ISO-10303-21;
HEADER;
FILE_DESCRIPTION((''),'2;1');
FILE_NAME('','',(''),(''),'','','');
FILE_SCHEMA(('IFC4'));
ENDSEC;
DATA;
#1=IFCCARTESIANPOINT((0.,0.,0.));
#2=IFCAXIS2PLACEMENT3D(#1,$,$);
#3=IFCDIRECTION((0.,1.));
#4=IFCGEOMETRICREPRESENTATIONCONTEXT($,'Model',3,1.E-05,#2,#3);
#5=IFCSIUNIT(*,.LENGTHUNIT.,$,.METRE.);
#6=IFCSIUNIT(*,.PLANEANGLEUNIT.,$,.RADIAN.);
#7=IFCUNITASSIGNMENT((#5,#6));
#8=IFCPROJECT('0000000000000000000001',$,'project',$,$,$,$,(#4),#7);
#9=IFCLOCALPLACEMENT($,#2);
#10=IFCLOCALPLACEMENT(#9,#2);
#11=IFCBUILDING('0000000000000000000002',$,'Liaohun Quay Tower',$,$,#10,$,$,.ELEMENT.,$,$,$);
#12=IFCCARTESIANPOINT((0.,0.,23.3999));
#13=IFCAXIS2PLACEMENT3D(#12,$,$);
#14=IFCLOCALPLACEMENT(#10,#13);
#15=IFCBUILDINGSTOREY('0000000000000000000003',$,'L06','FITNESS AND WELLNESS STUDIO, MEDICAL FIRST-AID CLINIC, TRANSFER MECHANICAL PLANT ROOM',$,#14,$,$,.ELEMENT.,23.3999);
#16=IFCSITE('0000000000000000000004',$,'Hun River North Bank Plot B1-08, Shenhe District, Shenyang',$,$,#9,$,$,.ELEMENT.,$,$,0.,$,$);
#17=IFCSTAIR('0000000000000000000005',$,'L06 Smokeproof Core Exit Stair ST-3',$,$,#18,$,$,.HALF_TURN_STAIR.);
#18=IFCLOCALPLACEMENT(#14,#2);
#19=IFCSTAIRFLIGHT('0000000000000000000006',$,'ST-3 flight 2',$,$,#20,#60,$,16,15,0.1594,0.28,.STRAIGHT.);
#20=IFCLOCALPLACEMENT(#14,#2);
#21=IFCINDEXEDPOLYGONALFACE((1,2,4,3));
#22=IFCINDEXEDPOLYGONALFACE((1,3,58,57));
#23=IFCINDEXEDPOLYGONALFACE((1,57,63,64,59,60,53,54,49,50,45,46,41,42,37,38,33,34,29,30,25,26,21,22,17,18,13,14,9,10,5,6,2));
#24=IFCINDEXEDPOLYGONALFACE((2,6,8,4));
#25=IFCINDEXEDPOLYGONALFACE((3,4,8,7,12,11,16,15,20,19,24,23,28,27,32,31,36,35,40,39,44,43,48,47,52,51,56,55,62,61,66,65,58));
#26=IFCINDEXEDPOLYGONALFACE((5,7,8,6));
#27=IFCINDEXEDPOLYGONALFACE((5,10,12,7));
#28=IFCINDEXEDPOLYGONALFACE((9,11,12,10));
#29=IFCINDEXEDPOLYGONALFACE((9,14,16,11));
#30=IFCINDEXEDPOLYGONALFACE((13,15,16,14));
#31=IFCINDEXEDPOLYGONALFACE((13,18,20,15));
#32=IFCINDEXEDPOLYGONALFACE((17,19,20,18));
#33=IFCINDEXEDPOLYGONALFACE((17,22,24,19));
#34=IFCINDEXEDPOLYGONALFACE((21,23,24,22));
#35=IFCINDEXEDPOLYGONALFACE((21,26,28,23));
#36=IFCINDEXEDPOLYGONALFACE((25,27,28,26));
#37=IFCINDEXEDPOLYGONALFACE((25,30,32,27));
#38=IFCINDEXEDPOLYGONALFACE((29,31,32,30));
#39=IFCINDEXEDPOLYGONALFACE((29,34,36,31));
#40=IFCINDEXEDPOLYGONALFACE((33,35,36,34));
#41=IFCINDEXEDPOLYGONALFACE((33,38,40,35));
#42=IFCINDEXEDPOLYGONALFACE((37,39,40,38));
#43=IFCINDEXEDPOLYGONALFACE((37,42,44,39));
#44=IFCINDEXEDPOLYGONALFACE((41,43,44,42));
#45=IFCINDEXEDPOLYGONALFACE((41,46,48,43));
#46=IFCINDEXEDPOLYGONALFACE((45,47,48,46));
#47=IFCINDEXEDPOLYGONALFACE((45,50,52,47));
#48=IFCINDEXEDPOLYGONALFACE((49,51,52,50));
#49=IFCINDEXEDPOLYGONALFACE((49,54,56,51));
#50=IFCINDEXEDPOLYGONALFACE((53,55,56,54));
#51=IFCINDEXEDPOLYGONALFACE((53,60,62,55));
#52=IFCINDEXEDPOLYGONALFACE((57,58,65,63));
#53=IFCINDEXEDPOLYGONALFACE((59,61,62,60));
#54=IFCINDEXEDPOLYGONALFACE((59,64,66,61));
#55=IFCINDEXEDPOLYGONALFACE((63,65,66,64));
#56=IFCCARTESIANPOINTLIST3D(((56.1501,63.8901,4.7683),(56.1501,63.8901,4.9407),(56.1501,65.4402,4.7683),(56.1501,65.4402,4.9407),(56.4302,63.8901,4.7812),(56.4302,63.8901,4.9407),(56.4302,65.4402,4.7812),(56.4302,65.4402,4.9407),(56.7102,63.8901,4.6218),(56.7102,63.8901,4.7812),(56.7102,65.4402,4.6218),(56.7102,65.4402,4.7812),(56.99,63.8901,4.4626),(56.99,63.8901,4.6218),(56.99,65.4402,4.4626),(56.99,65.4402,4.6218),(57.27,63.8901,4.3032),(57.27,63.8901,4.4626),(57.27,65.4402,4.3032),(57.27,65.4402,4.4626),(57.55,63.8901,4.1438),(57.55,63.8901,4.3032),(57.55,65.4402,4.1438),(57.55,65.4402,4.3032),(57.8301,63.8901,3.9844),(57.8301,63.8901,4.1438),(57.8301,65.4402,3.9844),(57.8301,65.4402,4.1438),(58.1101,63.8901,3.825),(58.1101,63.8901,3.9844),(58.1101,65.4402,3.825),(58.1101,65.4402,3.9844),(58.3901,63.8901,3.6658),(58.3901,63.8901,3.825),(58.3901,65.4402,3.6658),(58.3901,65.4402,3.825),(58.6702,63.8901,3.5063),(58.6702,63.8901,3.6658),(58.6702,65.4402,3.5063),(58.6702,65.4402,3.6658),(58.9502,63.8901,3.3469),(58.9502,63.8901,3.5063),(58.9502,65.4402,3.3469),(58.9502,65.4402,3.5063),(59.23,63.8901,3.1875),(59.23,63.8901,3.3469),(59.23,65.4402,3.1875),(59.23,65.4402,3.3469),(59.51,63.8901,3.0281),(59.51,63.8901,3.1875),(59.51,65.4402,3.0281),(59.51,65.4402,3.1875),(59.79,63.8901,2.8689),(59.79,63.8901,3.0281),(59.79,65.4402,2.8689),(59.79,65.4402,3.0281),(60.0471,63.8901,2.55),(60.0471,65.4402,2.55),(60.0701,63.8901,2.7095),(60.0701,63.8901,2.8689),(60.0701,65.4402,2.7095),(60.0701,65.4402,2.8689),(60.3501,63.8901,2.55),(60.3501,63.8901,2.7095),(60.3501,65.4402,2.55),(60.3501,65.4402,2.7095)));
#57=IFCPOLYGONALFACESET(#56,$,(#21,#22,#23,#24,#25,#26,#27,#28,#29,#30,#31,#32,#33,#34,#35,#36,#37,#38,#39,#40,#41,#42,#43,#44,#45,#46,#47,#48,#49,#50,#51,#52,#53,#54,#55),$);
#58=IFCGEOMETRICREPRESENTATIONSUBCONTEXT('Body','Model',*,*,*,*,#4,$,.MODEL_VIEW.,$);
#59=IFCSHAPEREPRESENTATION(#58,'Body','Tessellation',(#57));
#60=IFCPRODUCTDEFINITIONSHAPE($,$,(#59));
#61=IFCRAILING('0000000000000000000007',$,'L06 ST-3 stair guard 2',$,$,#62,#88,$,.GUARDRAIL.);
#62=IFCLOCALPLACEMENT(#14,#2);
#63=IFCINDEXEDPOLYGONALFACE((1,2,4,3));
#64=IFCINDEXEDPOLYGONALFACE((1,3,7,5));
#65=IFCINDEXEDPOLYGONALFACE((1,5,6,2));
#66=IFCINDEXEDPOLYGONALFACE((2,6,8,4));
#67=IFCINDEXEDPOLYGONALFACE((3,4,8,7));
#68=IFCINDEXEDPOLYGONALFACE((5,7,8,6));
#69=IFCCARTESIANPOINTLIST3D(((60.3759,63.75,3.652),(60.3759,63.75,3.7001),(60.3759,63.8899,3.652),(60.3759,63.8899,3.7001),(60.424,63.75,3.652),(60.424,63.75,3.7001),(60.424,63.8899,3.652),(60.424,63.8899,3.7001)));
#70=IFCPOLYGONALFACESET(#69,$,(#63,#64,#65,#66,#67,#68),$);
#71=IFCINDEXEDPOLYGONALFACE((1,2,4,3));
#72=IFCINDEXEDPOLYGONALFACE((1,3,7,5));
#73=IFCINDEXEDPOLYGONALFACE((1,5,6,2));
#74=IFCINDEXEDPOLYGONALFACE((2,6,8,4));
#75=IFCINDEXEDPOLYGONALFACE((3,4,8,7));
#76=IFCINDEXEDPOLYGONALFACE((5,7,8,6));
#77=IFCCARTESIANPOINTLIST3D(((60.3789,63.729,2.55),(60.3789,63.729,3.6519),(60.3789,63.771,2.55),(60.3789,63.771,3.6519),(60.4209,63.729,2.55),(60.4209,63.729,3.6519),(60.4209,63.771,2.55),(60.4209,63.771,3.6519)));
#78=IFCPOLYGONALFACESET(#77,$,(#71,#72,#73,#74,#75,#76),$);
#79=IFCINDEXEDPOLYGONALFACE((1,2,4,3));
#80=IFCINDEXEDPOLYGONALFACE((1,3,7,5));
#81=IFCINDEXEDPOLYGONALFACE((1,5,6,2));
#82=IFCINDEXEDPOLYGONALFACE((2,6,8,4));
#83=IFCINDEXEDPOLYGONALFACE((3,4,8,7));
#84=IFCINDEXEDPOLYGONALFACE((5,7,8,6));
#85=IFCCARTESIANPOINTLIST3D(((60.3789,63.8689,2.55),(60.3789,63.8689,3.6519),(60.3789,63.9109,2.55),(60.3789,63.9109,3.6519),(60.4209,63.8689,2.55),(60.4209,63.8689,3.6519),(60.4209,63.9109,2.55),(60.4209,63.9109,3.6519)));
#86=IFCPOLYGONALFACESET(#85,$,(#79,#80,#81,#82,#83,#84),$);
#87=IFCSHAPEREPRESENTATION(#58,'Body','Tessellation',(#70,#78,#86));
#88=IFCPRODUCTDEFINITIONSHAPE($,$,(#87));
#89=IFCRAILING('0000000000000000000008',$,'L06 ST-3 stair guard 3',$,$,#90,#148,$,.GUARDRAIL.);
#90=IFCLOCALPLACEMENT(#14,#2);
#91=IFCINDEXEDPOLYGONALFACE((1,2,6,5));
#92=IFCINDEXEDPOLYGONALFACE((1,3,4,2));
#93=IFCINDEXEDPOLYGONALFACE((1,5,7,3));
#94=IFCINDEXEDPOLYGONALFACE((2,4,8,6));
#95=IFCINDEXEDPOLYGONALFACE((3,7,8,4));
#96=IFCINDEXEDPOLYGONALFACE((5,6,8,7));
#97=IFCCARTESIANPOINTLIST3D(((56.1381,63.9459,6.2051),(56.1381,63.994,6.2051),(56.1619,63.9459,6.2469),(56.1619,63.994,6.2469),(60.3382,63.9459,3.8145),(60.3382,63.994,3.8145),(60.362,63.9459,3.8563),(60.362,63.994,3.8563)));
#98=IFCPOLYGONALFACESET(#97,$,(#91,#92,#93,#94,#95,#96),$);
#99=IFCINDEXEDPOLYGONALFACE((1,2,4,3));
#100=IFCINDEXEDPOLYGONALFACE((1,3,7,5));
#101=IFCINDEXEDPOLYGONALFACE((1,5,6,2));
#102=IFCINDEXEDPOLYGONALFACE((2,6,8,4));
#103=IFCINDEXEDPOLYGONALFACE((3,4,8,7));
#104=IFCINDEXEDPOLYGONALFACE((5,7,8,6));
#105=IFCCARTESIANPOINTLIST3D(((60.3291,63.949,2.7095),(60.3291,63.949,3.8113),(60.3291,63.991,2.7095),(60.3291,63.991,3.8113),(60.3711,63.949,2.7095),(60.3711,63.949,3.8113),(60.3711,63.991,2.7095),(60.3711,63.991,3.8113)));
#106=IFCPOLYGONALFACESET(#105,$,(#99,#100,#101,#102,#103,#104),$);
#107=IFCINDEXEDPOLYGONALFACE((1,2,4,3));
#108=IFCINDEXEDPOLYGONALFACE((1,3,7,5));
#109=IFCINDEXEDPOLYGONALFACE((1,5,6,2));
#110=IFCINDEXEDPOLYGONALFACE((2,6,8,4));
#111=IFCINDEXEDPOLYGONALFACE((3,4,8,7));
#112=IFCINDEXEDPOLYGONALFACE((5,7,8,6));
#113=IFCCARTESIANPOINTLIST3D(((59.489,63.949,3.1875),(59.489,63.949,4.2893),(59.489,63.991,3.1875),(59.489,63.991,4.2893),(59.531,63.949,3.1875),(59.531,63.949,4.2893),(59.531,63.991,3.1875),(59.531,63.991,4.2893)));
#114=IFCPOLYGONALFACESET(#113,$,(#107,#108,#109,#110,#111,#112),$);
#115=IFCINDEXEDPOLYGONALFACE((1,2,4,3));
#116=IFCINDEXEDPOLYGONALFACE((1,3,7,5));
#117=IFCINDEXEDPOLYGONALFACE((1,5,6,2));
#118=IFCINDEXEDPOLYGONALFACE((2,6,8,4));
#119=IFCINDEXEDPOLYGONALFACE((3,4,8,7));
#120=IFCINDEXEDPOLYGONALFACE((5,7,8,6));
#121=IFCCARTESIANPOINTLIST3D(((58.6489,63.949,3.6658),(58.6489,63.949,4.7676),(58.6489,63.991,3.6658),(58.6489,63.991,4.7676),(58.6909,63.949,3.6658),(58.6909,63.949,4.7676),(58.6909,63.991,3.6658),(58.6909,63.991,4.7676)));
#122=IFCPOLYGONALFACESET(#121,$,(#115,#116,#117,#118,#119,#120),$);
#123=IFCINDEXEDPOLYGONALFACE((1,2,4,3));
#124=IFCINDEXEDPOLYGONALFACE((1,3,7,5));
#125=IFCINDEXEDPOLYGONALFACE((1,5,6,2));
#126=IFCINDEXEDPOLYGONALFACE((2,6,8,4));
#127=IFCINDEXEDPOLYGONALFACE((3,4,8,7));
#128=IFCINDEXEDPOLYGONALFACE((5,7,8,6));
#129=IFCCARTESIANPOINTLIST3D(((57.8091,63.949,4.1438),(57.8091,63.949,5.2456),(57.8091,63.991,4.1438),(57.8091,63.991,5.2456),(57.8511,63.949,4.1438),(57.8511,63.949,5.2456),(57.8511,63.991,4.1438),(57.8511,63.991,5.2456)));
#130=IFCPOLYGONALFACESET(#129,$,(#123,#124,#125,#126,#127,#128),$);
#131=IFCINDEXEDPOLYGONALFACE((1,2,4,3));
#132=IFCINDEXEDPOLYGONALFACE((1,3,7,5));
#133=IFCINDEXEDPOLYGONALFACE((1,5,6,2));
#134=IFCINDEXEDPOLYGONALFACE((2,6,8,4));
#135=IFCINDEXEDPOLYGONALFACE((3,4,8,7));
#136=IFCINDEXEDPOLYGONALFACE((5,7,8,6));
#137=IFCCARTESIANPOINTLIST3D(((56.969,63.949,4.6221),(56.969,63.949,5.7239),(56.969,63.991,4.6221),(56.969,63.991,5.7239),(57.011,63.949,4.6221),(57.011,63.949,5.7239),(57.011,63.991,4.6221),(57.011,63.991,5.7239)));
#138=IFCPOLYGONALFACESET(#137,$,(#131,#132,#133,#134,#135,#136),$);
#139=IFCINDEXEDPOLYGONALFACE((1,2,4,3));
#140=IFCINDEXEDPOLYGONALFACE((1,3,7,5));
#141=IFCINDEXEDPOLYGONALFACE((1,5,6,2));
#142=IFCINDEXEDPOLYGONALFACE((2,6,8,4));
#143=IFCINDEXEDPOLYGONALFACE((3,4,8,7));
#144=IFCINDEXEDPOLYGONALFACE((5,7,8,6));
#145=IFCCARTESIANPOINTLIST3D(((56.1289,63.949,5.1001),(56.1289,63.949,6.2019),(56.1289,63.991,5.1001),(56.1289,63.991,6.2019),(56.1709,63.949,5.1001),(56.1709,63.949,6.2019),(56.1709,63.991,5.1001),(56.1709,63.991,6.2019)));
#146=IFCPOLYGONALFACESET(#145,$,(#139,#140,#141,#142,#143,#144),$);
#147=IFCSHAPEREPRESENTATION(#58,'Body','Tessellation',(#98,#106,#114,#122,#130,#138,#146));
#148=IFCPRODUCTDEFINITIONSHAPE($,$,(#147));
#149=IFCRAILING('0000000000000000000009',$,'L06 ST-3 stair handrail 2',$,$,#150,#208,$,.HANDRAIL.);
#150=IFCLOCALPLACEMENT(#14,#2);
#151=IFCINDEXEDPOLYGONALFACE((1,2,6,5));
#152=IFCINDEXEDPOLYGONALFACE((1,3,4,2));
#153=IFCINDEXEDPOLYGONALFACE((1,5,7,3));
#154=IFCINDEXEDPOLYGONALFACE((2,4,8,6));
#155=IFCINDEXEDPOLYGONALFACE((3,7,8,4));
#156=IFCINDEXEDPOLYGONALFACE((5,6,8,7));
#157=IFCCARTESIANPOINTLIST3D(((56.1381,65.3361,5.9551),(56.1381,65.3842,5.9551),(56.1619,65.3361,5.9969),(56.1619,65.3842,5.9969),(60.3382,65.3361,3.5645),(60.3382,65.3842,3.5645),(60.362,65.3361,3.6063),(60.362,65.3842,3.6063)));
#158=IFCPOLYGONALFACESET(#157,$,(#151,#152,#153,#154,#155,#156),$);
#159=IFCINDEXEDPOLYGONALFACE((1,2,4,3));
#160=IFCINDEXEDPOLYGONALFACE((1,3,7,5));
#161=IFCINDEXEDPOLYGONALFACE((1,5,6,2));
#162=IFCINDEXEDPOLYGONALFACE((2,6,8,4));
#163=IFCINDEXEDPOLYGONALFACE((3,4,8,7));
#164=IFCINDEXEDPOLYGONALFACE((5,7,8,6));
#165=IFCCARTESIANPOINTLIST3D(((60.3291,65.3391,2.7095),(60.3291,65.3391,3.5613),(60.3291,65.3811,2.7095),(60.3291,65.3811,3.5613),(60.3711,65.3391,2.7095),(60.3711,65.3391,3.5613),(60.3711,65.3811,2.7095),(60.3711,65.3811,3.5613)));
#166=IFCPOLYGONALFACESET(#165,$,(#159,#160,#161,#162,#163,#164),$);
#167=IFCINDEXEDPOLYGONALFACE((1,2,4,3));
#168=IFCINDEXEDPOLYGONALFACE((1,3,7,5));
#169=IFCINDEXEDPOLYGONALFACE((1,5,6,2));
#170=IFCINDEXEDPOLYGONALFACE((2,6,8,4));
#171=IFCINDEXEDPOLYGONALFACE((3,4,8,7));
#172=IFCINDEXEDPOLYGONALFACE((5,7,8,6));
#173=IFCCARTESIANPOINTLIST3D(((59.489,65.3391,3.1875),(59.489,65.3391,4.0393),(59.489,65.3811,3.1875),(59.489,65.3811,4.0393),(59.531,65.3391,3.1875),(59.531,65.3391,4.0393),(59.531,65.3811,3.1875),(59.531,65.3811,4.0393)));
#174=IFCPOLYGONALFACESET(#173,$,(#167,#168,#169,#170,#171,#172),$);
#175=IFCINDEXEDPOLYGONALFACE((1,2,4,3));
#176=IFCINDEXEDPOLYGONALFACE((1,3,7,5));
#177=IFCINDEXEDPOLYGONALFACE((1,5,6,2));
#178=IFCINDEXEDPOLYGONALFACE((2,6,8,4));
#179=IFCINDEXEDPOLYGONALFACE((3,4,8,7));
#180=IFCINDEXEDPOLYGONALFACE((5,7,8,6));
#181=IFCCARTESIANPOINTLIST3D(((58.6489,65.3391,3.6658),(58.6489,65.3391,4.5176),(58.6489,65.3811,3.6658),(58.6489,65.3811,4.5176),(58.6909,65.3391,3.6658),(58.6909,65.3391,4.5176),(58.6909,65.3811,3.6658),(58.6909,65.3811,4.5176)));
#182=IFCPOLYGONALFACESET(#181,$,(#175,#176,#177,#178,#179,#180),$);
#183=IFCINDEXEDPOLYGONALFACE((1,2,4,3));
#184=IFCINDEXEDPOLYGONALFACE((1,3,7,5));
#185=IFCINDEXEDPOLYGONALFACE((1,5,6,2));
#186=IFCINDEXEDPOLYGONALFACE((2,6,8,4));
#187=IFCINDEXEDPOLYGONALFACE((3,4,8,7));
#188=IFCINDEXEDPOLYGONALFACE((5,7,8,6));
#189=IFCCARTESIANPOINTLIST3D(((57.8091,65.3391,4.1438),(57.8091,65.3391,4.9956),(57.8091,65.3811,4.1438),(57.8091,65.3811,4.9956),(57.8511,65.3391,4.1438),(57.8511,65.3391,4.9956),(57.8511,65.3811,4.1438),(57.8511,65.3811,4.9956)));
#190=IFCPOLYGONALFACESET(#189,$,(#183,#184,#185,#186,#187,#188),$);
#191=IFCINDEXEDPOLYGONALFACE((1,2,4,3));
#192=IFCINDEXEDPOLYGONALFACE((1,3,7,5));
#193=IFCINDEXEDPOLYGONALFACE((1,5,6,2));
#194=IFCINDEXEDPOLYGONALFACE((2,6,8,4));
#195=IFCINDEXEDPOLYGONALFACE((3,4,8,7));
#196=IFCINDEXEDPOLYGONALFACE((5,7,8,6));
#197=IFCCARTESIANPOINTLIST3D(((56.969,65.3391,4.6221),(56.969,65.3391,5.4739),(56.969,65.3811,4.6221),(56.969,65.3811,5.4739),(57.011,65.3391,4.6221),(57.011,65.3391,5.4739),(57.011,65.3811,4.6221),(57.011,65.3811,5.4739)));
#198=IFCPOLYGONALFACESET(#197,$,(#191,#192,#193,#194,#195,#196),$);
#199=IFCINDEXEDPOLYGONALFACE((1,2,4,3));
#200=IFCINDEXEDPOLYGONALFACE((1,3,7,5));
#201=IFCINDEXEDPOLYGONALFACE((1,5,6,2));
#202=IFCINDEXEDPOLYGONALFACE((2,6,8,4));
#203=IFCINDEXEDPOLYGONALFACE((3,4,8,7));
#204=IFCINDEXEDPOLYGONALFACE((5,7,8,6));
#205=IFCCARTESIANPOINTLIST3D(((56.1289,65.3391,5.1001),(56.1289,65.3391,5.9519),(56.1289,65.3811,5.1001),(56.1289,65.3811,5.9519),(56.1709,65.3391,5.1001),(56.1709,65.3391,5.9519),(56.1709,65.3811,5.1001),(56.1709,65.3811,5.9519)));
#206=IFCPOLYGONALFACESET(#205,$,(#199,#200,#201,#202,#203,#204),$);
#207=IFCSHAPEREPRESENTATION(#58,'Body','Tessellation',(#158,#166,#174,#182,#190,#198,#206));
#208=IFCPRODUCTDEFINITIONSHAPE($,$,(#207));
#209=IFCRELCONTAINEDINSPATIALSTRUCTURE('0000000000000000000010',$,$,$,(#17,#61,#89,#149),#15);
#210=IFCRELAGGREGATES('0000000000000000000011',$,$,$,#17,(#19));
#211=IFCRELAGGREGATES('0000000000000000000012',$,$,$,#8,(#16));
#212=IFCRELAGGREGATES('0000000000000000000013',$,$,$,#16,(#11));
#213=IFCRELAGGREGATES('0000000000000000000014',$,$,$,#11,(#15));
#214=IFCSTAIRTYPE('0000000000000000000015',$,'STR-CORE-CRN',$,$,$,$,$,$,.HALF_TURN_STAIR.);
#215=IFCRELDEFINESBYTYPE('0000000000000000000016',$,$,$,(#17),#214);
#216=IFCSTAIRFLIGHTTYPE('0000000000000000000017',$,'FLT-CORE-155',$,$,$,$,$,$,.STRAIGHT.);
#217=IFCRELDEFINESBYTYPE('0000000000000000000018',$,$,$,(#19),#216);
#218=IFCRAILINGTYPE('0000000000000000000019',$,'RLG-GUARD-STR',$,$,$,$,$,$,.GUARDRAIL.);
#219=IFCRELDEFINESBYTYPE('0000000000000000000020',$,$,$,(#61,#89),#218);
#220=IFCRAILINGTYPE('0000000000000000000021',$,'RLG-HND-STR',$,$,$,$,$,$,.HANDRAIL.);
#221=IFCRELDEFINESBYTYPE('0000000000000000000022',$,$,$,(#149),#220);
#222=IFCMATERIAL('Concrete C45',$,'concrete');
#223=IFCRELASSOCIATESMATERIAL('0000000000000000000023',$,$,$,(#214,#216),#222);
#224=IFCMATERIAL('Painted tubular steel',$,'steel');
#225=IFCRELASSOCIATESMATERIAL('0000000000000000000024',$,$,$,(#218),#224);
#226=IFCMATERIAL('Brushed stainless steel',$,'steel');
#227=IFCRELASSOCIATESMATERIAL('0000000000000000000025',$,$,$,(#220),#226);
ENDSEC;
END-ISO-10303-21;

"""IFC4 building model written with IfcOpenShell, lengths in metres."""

from ifc_helpers import new_model, si_unit, direction, frame, origin, origin_2d, place, context, subcontext, project, spatial, polyline, rectangle, outline, extrude, material, type_object, element, aggregate, save


model = new_model("IFC4")

# Units and contexts
model_context = context("Model", 3, precision=1e-05, world=origin(), true_north=direction((0.0, 1.0)))
body_context = subcontext(model_context, "Body", "Model", "MODEL_VIEW")
ifc_project = project(units=[si_unit("LENGTHUNIT", "METRE"), si_unit("PLANEANGLEUNIT", "RADIAN")], contexts=[model_context])

# Site, building, storey
site_placement = place(None, origin())
site = spatial("IfcSite", under=ifc_project, at=site_placement, Name="Hun River North Bank Plot B1-08, Shenhe District, Shenyang", CompositionType="ELEMENT", RefElevation=0.0)
building_placement = place(site_placement, origin())
building = spatial("IfcBuilding", under=site, at=building_placement, Name="Liaohun Quay Tower", CompositionType="ELEMENT")
storey_placement = place(building_placement, frame((0.0, 0.0, 23.3999)))
storey = spatial("IfcBuildingStorey", under=building, at=storey_placement, Name="L06", Description="FITNESS AND WELLNESS STUDIO, MEDICAL FIRST-AID CLINIC, TRANSFER MECHANICAL PLANT ROOM", CompositionType="ELEMENT", Elevation=23.3999)

# Stair, stair flight
ifc_material_1 = material(Name="Concrete C45", Category="concrete")
stair_type = type_object("IfcStairType", Name="STR-CORE-CRN", PredefinedType="HALF_TURN_STAIR", material=ifc_material_1)
stair_placement = place(storey_placement, origin())
stair = element("IfcStair", 1, at=stair_placement, inside=storey, type_object=stair_type, Name="L06 Smokeproof Core Exit Stair ST-3", PredefinedType="HALF_TURN_STAIR")
stair_flight_type = type_object("IfcStairFlightType", Name="FLT-CORE-155", PredefinedType="STRAIGHT", material=ifc_material_1)
stair_flight_placement = place(storey_placement, frame((60.3501, 64.665, 2.55), z_axis=(0.0, 0.0, 1.0), x_axis=(-1.0, 0.0, 0.0)))
stair_flight = element("IfcStairFlight", 2, at=stair_flight_placement, type_object=stair_flight_type, Name="ST-3 flight 2", NumberOfRisers=16, NumberOfTreads=15, PredefinedType="STRAIGHT", RiserHeight=0.1594, TreadLength=0.28, context=body_context, shape_type="SweptSolid", body=[
    extrude(outline(polyline([(0.0, 0.0), (0.0, 0.1594), (0.28, 0.1594), (0.28, 0.3188), (0.5601, 0.3188), (0.5601, 0.478), (0.8401, 0.478), (0.8401, 0.6375), (1.1201, 0.6375), (1.1201, 0.7969), (1.3999, 0.7969), (1.3999, 0.9563), (1.6799, 0.9563), (1.6799, 1.1157), (1.96, 1.1157), (1.96, 1.2749), (2.24, 1.2749), (2.24, 1.4343), (2.52, 1.4343), (2.52, 1.5938), (2.8, 1.5938), (2.8, 1.7532), (3.0801, 1.7532), (3.0801, 1.9126), (3.3601, 1.9126), (3.3601, 2.0718), (3.6399, 2.0718), (3.6399, 2.2312), (3.9199, 2.2312), (3.9199, 2.3906), (4.2, 2.3906), (4.2, 2.55), (4.2, 2.2183), (0.303, 0.0), (0.0, 0.0)])), frame((0.0, 0.7749, 0.0), z_axis=(0.0, -1.0, 0.0), x_axis=(1.0, 0.0, 0.0)), (0.0, 0.0, 1.0), 1.55),
])
aggregate(stair, [stair_flight])

# Railings
ifc_material_2 = material(Name="Painted tubular steel", Category="steel")
railing_type_1 = type_object("IfcRailingType", Name="RLG-GUARD-STR", PredefinedType="GUARDRAIL", material=ifc_material_2)
railing_1_placement = place(storey_placement, frame((60.3999, 63.75, 2.55)))
element("IfcRailing", 3, at=railing_1_placement, inside=storey, type_object=railing_type_1, Name="L06 ST-3 stair guard 2", PredefinedType="GUARDRAIL", context=body_context, shape_type="SweptSolid", body=[
    extrude(rectangle(XDim=0.0481, YDim=0.0481, at=origin_2d()), frame((0.0, 0.0, 1.126), z_axis=(0.0, 1.0, 0.0), x_axis=(-1.0, 0.0, 0.0)), (0.0, 0.0, 1.0), 0.1399),
    extrude(rectangle(XDim=0.042, YDim=0.042, at=origin_2d()), origin(), (0.0, 0.0, 1.0), 1.1018),
    extrude(rectangle(XDim=0.042, YDim=0.042, at=origin_2d()), frame((0.0, 0.1399, 0.0)), (0.0, 0.0, 1.0), 1.1018),
])
railing_2_placement = place(storey_placement, frame((60.3501, 63.97, 2.7095)))
element("IfcRailing", 4, at=railing_2_placement, inside=storey, type_object=railing_type_1, Name="L06 ST-3 stair guard 3", PredefinedType="GUARDRAIL", context=body_context, shape_type="SweptSolid", body=[
    extrude(rectangle(XDim=0.0481, YDim=0.0481, at=origin_2d()), frame((0.0, 0.0, 1.126), z_axis=(-0.869087, 0.0, 0.494658), x_axis=(0.0, -1.0, 0.0)), (0.0, 0.0, 1.0), 4.8328),
    extrude(rectangle(XDim=0.042, YDim=0.042, at=origin_2d()), origin(), (0.0, 0.0, 1.0), 1.1018),
    extrude(rectangle(XDim=0.042, YDim=0.042, at=origin_2d()), frame((-0.8401, 0.0, 0.478)), (0.0, 0.0, 1.0), 1.1018),
    extrude(rectangle(XDim=0.042, YDim=0.042, at=origin_2d()), frame((-1.6802, 0.0, 0.9563)), (0.0, 0.0, 1.0), 1.1018),
    extrude(rectangle(XDim=0.042, YDim=0.042, at=origin_2d()), frame((-2.52, 0.0, 1.4343)), (0.0, 0.0, 1.0), 1.1018),
    extrude(rectangle(XDim=0.042, YDim=0.042, at=origin_2d()), frame((-3.3601, 0.0, 1.9126)), (0.0, 0.0, 1.0), 1.1018),
    extrude(rectangle(XDim=0.042, YDim=0.042, at=origin_2d()), frame((-4.2002, 0.0, 2.3906)), (0.0, 0.0, 1.0), 1.1018),
])
ifc_material_3 = material(Name="Brushed stainless steel", Category="steel")
railing_type_2 = type_object("IfcRailingType", Name="RLG-HND-STR", PredefinedType="HANDRAIL", material=ifc_material_3)
railing_3_placement = place(storey_placement, frame((60.3501, 65.3601, 2.7095)))
element("IfcRailing", 5, at=railing_3_placement, inside=storey, type_object=railing_type_2, Name="L06 ST-3 stair handrail 2", PredefinedType="HANDRAIL", context=body_context, shape_type="SweptSolid", body=[
    extrude(rectangle(XDim=0.0481, YDim=0.0481, at=origin_2d()), frame((0.0, 0.0, 0.876), z_axis=(-0.869087, 0.0, 0.494658), x_axis=(0.0, -1.0, 0.0)), (0.0, 0.0, 1.0), 4.8328),
    extrude(rectangle(XDim=0.042, YDim=0.042, at=origin_2d()), origin(), (0.0, 0.0, 1.0), 0.8518),
    extrude(rectangle(XDim=0.042, YDim=0.042, at=origin_2d()), frame((-0.8401, 0.0, 0.478)), (0.0, 0.0, 1.0), 0.8518),
    extrude(rectangle(XDim=0.042, YDim=0.042, at=origin_2d()), frame((-1.6802, 0.0, 0.9563)), (0.0, 0.0, 1.0), 0.8518),
    extrude(rectangle(XDim=0.042, YDim=0.042, at=origin_2d()), frame((-2.52, 0.0, 1.4343)), (0.0, 0.0, 1.0), 0.8518),
    extrude(rectangle(XDim=0.042, YDim=0.042, at=origin_2d()), frame((-3.3601, 0.0, 1.9126)), (0.0, 0.0, 1.0), 0.8518),
    extrude(rectangle(XDim=0.042, YDim=0.042, at=origin_2d()), frame((-4.2002, 0.0, 2.3906)), (0.0, 0.0, 1.0), 0.8518),
])

save(model, "model.ifc")
